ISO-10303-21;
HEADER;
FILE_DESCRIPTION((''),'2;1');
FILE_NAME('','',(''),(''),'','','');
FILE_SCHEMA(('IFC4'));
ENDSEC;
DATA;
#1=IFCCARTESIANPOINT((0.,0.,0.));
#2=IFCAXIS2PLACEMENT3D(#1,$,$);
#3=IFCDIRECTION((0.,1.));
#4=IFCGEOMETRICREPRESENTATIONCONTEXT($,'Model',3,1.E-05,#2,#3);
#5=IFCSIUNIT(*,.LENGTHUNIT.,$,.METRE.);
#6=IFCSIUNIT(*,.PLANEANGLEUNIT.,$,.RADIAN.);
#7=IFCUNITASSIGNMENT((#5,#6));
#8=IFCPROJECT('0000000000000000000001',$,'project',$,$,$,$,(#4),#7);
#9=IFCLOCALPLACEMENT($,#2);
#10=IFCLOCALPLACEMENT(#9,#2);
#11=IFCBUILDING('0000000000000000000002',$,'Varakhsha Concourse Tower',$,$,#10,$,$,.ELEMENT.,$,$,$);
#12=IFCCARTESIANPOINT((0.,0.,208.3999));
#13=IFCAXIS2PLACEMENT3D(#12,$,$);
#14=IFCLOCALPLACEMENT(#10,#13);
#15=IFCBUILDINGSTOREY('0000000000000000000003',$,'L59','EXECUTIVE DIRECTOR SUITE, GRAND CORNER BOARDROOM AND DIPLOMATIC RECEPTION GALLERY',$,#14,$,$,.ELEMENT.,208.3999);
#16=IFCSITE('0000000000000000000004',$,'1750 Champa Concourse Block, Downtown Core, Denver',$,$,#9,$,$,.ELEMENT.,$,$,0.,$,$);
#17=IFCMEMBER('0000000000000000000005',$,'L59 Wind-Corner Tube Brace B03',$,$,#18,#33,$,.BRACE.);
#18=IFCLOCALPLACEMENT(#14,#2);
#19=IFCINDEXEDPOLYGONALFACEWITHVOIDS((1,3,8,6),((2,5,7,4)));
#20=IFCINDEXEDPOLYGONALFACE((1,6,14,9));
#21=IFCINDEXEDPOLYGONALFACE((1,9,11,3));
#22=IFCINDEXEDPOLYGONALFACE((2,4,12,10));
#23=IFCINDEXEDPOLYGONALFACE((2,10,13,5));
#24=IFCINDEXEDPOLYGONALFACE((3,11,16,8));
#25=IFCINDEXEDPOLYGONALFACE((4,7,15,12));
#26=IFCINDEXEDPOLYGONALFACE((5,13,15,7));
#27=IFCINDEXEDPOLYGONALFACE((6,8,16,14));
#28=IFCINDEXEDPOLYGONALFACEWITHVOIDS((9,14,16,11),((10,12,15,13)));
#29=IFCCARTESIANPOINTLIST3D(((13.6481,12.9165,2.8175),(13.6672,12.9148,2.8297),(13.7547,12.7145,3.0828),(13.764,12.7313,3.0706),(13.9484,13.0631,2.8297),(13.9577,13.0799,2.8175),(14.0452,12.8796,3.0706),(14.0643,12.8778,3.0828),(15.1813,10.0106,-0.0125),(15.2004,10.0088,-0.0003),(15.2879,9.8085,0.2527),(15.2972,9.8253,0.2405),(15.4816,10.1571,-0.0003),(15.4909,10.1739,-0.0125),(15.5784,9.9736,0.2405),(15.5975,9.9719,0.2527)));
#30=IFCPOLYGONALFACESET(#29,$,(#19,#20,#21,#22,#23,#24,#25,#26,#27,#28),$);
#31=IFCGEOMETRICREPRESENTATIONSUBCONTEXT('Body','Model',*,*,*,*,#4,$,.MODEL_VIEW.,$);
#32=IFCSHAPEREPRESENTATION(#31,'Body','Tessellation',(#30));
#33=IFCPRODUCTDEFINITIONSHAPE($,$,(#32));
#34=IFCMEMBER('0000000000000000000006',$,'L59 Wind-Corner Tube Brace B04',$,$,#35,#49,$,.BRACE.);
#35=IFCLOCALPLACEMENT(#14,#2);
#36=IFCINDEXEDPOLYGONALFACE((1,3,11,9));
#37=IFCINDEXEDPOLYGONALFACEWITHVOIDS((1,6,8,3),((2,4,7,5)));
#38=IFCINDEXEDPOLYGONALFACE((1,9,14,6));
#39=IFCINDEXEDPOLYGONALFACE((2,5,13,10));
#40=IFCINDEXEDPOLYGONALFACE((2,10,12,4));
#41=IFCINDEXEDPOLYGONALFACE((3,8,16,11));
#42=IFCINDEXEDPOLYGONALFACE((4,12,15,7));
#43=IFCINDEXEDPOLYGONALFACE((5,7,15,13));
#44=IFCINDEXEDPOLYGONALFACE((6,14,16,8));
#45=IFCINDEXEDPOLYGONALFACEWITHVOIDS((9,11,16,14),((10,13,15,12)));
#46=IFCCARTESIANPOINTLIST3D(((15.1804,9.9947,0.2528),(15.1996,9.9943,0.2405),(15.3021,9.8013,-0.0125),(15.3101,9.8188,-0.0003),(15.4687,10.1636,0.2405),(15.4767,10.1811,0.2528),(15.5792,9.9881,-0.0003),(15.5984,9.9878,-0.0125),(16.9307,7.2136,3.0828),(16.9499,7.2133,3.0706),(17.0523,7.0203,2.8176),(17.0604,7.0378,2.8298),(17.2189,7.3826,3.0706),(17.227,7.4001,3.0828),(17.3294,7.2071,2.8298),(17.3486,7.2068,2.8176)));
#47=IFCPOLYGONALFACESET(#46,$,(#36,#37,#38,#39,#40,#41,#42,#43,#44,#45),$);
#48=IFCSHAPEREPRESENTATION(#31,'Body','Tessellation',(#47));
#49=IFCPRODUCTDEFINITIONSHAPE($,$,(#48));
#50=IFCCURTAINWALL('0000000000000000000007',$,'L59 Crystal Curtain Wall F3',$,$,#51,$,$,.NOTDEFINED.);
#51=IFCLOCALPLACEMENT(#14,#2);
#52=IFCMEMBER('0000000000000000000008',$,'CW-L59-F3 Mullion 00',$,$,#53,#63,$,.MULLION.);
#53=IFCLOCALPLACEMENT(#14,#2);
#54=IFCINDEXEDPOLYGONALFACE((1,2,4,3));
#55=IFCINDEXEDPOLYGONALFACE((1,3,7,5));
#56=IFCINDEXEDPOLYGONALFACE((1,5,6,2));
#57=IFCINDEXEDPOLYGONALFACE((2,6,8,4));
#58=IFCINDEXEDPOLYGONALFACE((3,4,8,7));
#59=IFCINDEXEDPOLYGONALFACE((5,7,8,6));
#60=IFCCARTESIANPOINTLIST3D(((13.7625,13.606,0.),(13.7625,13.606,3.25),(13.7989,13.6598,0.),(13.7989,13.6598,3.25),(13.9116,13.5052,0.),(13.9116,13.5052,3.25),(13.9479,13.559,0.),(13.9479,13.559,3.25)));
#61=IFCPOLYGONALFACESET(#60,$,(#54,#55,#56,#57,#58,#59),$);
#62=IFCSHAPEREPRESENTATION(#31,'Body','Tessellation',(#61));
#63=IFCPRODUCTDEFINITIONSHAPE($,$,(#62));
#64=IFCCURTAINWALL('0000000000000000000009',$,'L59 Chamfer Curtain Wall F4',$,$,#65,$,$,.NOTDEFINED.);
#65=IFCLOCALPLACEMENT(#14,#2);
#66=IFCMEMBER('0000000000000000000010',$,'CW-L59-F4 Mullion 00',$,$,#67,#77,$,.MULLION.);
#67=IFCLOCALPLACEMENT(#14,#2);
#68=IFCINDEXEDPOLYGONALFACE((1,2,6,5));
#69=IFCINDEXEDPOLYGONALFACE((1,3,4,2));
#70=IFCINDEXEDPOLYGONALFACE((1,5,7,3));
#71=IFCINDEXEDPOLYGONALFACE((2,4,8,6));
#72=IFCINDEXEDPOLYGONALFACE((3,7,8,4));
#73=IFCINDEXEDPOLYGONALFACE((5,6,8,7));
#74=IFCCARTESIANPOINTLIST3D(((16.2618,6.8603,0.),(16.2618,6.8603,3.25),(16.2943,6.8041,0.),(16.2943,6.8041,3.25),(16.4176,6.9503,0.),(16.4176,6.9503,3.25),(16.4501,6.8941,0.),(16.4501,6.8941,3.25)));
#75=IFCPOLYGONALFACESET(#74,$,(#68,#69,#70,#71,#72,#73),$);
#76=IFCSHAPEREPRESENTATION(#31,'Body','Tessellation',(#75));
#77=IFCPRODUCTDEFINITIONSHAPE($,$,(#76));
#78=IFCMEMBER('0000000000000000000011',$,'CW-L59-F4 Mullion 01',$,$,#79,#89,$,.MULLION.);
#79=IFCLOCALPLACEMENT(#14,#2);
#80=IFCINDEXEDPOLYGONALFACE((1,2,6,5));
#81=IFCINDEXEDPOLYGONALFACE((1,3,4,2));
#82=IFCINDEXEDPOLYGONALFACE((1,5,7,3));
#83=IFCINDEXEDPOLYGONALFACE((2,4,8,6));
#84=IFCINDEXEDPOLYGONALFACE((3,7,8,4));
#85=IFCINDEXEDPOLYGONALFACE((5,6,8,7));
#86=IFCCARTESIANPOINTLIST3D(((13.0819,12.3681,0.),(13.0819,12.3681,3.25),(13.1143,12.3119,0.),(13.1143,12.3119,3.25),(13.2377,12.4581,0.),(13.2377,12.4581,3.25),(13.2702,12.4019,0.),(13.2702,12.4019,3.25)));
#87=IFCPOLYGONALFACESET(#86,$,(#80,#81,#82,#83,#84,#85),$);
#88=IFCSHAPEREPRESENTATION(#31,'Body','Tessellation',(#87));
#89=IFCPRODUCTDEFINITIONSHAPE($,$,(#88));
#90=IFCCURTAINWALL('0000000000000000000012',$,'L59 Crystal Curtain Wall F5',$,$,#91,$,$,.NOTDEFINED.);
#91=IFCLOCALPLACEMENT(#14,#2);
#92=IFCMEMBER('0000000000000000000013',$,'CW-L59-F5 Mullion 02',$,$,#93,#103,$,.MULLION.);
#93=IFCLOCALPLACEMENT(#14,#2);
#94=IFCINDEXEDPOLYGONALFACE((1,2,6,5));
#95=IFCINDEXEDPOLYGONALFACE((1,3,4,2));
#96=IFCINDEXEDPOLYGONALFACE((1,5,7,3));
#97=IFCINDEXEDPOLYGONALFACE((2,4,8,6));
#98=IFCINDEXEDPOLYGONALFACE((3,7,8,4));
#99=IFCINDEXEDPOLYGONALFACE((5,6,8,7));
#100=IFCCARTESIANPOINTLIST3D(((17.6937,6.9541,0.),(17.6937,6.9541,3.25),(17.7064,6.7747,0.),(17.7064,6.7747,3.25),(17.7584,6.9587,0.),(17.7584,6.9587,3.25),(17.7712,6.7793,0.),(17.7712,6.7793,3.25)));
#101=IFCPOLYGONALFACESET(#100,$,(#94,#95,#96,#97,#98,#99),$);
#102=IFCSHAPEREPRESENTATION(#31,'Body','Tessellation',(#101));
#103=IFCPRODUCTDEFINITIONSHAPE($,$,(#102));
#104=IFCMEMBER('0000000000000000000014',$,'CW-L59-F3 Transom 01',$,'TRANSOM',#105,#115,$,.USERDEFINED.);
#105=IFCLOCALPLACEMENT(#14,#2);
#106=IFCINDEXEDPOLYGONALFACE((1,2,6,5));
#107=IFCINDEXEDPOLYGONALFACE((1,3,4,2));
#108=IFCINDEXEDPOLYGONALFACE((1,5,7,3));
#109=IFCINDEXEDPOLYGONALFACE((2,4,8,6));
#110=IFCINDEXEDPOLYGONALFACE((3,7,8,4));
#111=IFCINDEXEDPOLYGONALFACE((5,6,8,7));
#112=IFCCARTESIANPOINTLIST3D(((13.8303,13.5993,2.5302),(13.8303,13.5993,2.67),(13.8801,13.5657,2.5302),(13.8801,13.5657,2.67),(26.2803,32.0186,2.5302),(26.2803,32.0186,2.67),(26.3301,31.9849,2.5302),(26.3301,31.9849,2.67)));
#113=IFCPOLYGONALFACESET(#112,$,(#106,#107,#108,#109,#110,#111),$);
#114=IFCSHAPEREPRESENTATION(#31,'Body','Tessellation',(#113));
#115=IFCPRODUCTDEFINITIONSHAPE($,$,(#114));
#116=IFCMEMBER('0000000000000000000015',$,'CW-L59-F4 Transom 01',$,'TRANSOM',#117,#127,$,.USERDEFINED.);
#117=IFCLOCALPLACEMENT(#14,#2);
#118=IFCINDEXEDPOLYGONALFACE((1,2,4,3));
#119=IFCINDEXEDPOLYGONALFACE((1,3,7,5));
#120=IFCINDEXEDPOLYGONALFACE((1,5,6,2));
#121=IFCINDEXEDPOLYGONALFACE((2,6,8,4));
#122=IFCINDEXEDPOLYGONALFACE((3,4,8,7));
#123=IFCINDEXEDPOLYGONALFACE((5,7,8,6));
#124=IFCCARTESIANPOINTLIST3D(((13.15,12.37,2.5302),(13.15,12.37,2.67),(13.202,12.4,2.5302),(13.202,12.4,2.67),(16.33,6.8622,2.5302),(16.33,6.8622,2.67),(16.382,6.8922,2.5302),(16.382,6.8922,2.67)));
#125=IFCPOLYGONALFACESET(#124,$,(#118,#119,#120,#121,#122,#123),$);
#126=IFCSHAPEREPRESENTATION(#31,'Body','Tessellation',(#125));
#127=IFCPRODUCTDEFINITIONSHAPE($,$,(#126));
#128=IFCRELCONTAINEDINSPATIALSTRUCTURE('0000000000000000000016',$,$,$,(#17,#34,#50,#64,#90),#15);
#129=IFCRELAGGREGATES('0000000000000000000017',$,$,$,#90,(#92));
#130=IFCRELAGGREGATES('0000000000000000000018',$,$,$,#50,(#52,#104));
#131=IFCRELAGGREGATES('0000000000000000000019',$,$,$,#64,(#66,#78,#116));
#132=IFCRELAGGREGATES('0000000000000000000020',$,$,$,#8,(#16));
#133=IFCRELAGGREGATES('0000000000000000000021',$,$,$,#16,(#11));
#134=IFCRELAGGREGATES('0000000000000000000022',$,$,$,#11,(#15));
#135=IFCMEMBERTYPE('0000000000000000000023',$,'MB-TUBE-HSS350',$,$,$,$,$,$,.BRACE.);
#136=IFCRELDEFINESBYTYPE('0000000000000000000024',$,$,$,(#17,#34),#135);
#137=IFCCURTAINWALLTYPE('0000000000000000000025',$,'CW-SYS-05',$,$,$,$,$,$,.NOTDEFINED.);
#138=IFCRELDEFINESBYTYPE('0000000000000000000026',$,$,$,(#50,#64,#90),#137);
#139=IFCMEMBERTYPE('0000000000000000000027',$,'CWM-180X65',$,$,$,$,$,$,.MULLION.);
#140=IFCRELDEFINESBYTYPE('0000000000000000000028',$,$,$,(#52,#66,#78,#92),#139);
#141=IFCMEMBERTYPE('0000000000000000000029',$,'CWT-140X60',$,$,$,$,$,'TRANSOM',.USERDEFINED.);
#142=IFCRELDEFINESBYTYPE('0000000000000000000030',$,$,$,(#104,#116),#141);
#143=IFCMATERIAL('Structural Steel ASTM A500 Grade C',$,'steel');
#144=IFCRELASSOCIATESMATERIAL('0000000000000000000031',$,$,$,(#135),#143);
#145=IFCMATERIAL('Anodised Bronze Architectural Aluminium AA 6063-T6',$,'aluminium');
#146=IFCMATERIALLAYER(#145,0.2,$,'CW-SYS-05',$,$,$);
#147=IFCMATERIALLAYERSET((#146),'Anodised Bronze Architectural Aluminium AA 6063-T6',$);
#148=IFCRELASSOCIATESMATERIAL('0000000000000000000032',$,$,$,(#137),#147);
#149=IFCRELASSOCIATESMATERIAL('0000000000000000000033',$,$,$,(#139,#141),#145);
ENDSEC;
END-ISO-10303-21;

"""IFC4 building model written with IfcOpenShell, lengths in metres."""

from ifc_helpers import new_model, si_unit, direction, frame, origin, origin_2d, place, context, subcontext, project, spatial, rectangle, hollow_rectangle, extrude, source, transform, mapped, material, layer, layer_set, material_profile, profile_set, type_object, type_shapes, element, aggregate, save


model = new_model("IFC4")

# Units and contexts
model_context = context("Model", 3, precision=1e-05, world=origin(), true_north=direction((0.0, 1.0)))
body_context = subcontext(model_context, "Body", "Model", "MODEL_VIEW")
ifc_project = project(units=[si_unit("LENGTHUNIT", "METRE"), si_unit("PLANEANGLEUNIT", "RADIAN")], contexts=[model_context])

# Site, building, storey
site_placement = place(None, origin())
site = spatial("IfcSite", under=ifc_project, at=site_placement, Name="1750 Champa Concourse Block, Downtown Core, Denver", CompositionType="ELEMENT", RefElevation=0.0)
building_placement = place(site_placement, origin())
building = spatial("IfcBuilding", under=site, at=building_placement, Name="Varakhsha Concourse Tower", CompositionType="ELEMENT")
storey_placement = place(building_placement, frame((0.0, 0.0, 208.3999)))
storey = spatial("IfcBuildingStorey", under=building, at=storey_placement, Name="L59", Description="EXECUTIVE DIRECTOR SUITE, GRAND CORNER BOARDROOM AND DIPLOMATIC RECEPTION GALLERY", CompositionType="ELEMENT", Elevation=208.3999)

# Members
ifc_material_1 = material(Name="Structural Steel ASTM A500 Grade C", Category="steel")
ifc_material_profile_1 = material_profile(ifc_material_1, hollow_rectangle(XDim=0.3501, YDim=0.3501, WallThickness=0.0161, at=origin_2d()), Name="HSS 350x350x16")
ifc_profile_set_1 = profile_set([ifc_material_profile_1], Name="Structural Steel ASTM A500 Grade C")
member_type_1 = type_object("IfcMemberType", Name="MB-TUBE-HSS350", PredefinedType="BRACE", material=ifc_profile_set_1)
shared_shape_1 = source(origin(), body_context, "Body", "SweptSolid", [
    extrude(hollow_rectangle(XDim=0.3501, YDim=0.3501, WallThickness=0.0161, at=origin_2d()), origin(), (0.0, 0.0, 1.0), 4.3364),
])
member_1_placement = place(storey_placement, frame((15.3894, 9.9912, 0.1201), z_axis=(-0.353561, 0.670133, 0.652623), x_axis=(-0.88445, -0.466634, 0.0)))
element("IfcMember", 1, at=member_1_placement, inside=storey, type_object=member_type_1, Name="L59 Wind-Corner Tube Brace B03", PredefinedType="BRACE", context=body_context, shape_type="MappedRepresentation", body=[
    mapped(shared_shape_1, transform((0.0, 0.0, 0.0), scale=1.0)),
])
shared_shape_2 = source(origin(), body_context, "Body", "SweptSolid", [
    extrude(hollow_rectangle(XDim=0.3501, YDim=0.3501, WallThickness=0.0161, at=origin_2d()), origin(), (0.0, 0.0, 1.0), 4.3367),
])
type_shapes(member_type_1, [shared_shape_1, shared_shape_2])
member_2_placement = place(storey_placement, frame((15.3894, 9.9912, 0.1201), z_axis=(0.403592, -0.641277, 0.652593), x_axis=(0.846337, 0.532648, 0.0)))
element("IfcMember", 2, at=member_2_placement, inside=storey, type_object=member_type_1, Name="L59 Wind-Corner Tube Brace B04", PredefinedType="BRACE", context=body_context, shape_type="MappedRepresentation", body=[
    mapped(shared_shape_2, transform((0.0, 0.0, 0.0), scale=1.0)),
])

# Curtain wall, member
ifc_material_2 = material(Name="Anodised Bronze Architectural Aluminium AA 6063-T6", Category="aluminium")
ifc_layer_1 = layer(ifc_material_2, 0.2, Name="CW-SYS-05")
ifc_layer_set_1 = layer_set([ifc_layer_1], Name="Anodised Bronze Architectural Aluminium AA 6063-T6")
curtain_wall_type = type_object("IfcCurtainWallType", Name="CW-SYS-05", PredefinedType="NOTDEFINED", material=ifc_layer_set_1)
curtain_wall_1_placement = place(storey_placement, origin())
curtain_wall_1 = element("IfcCurtainWall", 3, at=curtain_wall_1_placement, inside=storey, type_object=curtain_wall_type, Name="L59 Crystal Curtain Wall F3", PredefinedType="NOTDEFINED")
ifc_material_profile_2 = material_profile(ifc_material_2, rectangle(XDim=0.0649, YDim=0.1799, at=origin_2d()), Name="CWM-180X65")
ifc_profile_set_2 = profile_set([ifc_material_profile_2], Name="Anodised Bronze Architectural Aluminium AA 6063-T6")
member_type_2 = type_object("IfcMemberType", Name="CWM-180X65", PredefinedType="MULLION", material=ifc_profile_set_2)
shared_shape_3 = source(origin(), body_context, "Body", "SweptSolid", [
    extrude(rectangle(XDim=0.0649, YDim=0.1799, at=origin_2d()), origin(), (0.0, 0.0, 1.0), 3.25),
])
type_shapes(member_type_2, [shared_shape_3])
member_3_placement = place(storey_placement, frame((13.8552, 13.5825, 0.0), z_axis=(0.0, 0.0, 1.0), x_axis=(0.559999, 0.828494, 0.0)))
member_3 = element("IfcMember", 4, at=member_3_placement, type_object=member_type_2, Name="CW-L59-F3 Mullion 00", PredefinedType="MULLION", context=body_context, shape_type="MappedRepresentation", body=[
    mapped(shared_shape_3, transform((0.0, 0.0, 0.0), scale=1.0)),
])

# Curtain wall, members
curtain_wall_2_placement = place(storey_placement, origin())
curtain_wall_2 = element("IfcCurtainWall", 5, at=curtain_wall_2_placement, inside=storey, type_object=curtain_wall_type, Name="L59 Chamfer Curtain Wall F4", PredefinedType="NOTDEFINED")
member_4_placement = place(storey_placement, frame((16.356, 6.8772, 0.0), z_axis=(0.0, 0.0, 1.0), x_axis=(-0.499994, 0.866029, 0.0)))
member_4 = element("IfcMember", 6, at=member_4_placement, type_object=member_type_2, Name="CW-L59-F4 Mullion 00", PredefinedType="MULLION", context=body_context, shape_type="MappedRepresentation", body=[
    mapped(shared_shape_3, transform((0.0, 0.0, 0.0), scale=1.0)),
])
member_5_placement = place(storey_placement, frame((13.176, 12.385, 0.0), z_axis=(0.0, 0.0, 1.0), x_axis=(-0.499994, 0.866029, 0.0)))
member_5 = element("IfcMember", 7, at=member_5_placement, type_object=member_type_2, Name="CW-L59-F4 Mullion 01", PredefinedType="MULLION", context=body_context, shape_type="MappedRepresentation", body=[
    mapped(shared_shape_3, transform((0.0, 0.0, 0.0), scale=1.0)),
])

# Curtain wall, member
curtain_wall_3_placement = place(storey_placement, origin())
curtain_wall_3 = element("IfcCurtainWall", 8, at=curtain_wall_3_placement, inside=storey, type_object=curtain_wall_type, Name="L59 Crystal Curtain Wall F5", PredefinedType="NOTDEFINED")
member_6_placement = place(storey_placement, frame((17.7324, 6.8667, 0.0), z_axis=(0.0, 0.0, 1.0), x_axis=(-0.997496, -0.070723, 0.0)))
member_6 = element("IfcMember", 9, at=member_6_placement, type_object=member_type_2, Name="CW-L59-F5 Mullion 02", PredefinedType="MULLION", context=body_context, shape_type="MappedRepresentation", body=[
    mapped(shared_shape_3, transform((0.0, 0.0, 0.0), scale=1.0)),
])
aggregate(curtain_wall_3, [member_6])

# Members
ifc_material_profile_3 = material_profile(ifc_material_2, rectangle(XDim=0.0601, YDim=0.1399, at=origin_2d()), Name="CWT-140X60")
ifc_profile_set_3 = profile_set([ifc_material_profile_3], Name="Anodised Bronze Architectural Aluminium AA 6063-T6")
member_type_3 = type_object("IfcMemberType", Name="CWT-140X60", ElementType="TRANSOM", PredefinedType="USERDEFINED", material=ifc_profile_set_3)
shared_shape_4 = source(origin(), body_context, "Body", "SweptSolid", [
    extrude(rectangle(XDim=0.0601, YDim=0.1399, at=origin_2d()), origin(), (0.0, 0.0, 1.0), 22.2322),
])
member_7_placement = place(storey_placement, frame((13.8552, 13.5825, 2.6001), z_axis=(0.559998, 0.828494, 0.0), x_axis=(-0.828494, 0.559998, 0.0)))
member_7 = element("IfcMember", 10, at=member_7_placement, type_object=member_type_3, Name="CW-L59-F3 Transom 01", ObjectType="TRANSOM", PredefinedType="USERDEFINED", context=body_context, shape_type="MappedRepresentation", body=[
    mapped(shared_shape_4, transform((0.0, 0.0, 0.0), scale=1.0)),
])
shared_shape_5 = source(origin(), body_context, "Body", "SweptSolid", [
    extrude(rectangle(XDim=0.0601, YDim=0.1399, at=origin_2d()), origin(), (0.0, 0.0, 1.0), 6.3599),
])
type_shapes(member_type_3, [shared_shape_4, shared_shape_5])
member_8_placement = place(storey_placement, frame((16.356, 6.8772, 2.6001), z_axis=(-0.499999, 0.866026, 0.0), x_axis=(-0.866026, -0.499999, 0.0)))
member_8 = element("IfcMember", 11, at=member_8_placement, type_object=member_type_3, Name="CW-L59-F4 Transom 01", ObjectType="TRANSOM", PredefinedType="USERDEFINED", context=body_context, shape_type="MappedRepresentation", body=[
    mapped(shared_shape_5, transform((0.0, 0.0, 0.0), scale=1.0)),
])

aggregate(curtain_wall_1, [member_3, member_7])
aggregate(curtain_wall_2, [member_4, member_5, member_8])

save(model, "model.ifc")
